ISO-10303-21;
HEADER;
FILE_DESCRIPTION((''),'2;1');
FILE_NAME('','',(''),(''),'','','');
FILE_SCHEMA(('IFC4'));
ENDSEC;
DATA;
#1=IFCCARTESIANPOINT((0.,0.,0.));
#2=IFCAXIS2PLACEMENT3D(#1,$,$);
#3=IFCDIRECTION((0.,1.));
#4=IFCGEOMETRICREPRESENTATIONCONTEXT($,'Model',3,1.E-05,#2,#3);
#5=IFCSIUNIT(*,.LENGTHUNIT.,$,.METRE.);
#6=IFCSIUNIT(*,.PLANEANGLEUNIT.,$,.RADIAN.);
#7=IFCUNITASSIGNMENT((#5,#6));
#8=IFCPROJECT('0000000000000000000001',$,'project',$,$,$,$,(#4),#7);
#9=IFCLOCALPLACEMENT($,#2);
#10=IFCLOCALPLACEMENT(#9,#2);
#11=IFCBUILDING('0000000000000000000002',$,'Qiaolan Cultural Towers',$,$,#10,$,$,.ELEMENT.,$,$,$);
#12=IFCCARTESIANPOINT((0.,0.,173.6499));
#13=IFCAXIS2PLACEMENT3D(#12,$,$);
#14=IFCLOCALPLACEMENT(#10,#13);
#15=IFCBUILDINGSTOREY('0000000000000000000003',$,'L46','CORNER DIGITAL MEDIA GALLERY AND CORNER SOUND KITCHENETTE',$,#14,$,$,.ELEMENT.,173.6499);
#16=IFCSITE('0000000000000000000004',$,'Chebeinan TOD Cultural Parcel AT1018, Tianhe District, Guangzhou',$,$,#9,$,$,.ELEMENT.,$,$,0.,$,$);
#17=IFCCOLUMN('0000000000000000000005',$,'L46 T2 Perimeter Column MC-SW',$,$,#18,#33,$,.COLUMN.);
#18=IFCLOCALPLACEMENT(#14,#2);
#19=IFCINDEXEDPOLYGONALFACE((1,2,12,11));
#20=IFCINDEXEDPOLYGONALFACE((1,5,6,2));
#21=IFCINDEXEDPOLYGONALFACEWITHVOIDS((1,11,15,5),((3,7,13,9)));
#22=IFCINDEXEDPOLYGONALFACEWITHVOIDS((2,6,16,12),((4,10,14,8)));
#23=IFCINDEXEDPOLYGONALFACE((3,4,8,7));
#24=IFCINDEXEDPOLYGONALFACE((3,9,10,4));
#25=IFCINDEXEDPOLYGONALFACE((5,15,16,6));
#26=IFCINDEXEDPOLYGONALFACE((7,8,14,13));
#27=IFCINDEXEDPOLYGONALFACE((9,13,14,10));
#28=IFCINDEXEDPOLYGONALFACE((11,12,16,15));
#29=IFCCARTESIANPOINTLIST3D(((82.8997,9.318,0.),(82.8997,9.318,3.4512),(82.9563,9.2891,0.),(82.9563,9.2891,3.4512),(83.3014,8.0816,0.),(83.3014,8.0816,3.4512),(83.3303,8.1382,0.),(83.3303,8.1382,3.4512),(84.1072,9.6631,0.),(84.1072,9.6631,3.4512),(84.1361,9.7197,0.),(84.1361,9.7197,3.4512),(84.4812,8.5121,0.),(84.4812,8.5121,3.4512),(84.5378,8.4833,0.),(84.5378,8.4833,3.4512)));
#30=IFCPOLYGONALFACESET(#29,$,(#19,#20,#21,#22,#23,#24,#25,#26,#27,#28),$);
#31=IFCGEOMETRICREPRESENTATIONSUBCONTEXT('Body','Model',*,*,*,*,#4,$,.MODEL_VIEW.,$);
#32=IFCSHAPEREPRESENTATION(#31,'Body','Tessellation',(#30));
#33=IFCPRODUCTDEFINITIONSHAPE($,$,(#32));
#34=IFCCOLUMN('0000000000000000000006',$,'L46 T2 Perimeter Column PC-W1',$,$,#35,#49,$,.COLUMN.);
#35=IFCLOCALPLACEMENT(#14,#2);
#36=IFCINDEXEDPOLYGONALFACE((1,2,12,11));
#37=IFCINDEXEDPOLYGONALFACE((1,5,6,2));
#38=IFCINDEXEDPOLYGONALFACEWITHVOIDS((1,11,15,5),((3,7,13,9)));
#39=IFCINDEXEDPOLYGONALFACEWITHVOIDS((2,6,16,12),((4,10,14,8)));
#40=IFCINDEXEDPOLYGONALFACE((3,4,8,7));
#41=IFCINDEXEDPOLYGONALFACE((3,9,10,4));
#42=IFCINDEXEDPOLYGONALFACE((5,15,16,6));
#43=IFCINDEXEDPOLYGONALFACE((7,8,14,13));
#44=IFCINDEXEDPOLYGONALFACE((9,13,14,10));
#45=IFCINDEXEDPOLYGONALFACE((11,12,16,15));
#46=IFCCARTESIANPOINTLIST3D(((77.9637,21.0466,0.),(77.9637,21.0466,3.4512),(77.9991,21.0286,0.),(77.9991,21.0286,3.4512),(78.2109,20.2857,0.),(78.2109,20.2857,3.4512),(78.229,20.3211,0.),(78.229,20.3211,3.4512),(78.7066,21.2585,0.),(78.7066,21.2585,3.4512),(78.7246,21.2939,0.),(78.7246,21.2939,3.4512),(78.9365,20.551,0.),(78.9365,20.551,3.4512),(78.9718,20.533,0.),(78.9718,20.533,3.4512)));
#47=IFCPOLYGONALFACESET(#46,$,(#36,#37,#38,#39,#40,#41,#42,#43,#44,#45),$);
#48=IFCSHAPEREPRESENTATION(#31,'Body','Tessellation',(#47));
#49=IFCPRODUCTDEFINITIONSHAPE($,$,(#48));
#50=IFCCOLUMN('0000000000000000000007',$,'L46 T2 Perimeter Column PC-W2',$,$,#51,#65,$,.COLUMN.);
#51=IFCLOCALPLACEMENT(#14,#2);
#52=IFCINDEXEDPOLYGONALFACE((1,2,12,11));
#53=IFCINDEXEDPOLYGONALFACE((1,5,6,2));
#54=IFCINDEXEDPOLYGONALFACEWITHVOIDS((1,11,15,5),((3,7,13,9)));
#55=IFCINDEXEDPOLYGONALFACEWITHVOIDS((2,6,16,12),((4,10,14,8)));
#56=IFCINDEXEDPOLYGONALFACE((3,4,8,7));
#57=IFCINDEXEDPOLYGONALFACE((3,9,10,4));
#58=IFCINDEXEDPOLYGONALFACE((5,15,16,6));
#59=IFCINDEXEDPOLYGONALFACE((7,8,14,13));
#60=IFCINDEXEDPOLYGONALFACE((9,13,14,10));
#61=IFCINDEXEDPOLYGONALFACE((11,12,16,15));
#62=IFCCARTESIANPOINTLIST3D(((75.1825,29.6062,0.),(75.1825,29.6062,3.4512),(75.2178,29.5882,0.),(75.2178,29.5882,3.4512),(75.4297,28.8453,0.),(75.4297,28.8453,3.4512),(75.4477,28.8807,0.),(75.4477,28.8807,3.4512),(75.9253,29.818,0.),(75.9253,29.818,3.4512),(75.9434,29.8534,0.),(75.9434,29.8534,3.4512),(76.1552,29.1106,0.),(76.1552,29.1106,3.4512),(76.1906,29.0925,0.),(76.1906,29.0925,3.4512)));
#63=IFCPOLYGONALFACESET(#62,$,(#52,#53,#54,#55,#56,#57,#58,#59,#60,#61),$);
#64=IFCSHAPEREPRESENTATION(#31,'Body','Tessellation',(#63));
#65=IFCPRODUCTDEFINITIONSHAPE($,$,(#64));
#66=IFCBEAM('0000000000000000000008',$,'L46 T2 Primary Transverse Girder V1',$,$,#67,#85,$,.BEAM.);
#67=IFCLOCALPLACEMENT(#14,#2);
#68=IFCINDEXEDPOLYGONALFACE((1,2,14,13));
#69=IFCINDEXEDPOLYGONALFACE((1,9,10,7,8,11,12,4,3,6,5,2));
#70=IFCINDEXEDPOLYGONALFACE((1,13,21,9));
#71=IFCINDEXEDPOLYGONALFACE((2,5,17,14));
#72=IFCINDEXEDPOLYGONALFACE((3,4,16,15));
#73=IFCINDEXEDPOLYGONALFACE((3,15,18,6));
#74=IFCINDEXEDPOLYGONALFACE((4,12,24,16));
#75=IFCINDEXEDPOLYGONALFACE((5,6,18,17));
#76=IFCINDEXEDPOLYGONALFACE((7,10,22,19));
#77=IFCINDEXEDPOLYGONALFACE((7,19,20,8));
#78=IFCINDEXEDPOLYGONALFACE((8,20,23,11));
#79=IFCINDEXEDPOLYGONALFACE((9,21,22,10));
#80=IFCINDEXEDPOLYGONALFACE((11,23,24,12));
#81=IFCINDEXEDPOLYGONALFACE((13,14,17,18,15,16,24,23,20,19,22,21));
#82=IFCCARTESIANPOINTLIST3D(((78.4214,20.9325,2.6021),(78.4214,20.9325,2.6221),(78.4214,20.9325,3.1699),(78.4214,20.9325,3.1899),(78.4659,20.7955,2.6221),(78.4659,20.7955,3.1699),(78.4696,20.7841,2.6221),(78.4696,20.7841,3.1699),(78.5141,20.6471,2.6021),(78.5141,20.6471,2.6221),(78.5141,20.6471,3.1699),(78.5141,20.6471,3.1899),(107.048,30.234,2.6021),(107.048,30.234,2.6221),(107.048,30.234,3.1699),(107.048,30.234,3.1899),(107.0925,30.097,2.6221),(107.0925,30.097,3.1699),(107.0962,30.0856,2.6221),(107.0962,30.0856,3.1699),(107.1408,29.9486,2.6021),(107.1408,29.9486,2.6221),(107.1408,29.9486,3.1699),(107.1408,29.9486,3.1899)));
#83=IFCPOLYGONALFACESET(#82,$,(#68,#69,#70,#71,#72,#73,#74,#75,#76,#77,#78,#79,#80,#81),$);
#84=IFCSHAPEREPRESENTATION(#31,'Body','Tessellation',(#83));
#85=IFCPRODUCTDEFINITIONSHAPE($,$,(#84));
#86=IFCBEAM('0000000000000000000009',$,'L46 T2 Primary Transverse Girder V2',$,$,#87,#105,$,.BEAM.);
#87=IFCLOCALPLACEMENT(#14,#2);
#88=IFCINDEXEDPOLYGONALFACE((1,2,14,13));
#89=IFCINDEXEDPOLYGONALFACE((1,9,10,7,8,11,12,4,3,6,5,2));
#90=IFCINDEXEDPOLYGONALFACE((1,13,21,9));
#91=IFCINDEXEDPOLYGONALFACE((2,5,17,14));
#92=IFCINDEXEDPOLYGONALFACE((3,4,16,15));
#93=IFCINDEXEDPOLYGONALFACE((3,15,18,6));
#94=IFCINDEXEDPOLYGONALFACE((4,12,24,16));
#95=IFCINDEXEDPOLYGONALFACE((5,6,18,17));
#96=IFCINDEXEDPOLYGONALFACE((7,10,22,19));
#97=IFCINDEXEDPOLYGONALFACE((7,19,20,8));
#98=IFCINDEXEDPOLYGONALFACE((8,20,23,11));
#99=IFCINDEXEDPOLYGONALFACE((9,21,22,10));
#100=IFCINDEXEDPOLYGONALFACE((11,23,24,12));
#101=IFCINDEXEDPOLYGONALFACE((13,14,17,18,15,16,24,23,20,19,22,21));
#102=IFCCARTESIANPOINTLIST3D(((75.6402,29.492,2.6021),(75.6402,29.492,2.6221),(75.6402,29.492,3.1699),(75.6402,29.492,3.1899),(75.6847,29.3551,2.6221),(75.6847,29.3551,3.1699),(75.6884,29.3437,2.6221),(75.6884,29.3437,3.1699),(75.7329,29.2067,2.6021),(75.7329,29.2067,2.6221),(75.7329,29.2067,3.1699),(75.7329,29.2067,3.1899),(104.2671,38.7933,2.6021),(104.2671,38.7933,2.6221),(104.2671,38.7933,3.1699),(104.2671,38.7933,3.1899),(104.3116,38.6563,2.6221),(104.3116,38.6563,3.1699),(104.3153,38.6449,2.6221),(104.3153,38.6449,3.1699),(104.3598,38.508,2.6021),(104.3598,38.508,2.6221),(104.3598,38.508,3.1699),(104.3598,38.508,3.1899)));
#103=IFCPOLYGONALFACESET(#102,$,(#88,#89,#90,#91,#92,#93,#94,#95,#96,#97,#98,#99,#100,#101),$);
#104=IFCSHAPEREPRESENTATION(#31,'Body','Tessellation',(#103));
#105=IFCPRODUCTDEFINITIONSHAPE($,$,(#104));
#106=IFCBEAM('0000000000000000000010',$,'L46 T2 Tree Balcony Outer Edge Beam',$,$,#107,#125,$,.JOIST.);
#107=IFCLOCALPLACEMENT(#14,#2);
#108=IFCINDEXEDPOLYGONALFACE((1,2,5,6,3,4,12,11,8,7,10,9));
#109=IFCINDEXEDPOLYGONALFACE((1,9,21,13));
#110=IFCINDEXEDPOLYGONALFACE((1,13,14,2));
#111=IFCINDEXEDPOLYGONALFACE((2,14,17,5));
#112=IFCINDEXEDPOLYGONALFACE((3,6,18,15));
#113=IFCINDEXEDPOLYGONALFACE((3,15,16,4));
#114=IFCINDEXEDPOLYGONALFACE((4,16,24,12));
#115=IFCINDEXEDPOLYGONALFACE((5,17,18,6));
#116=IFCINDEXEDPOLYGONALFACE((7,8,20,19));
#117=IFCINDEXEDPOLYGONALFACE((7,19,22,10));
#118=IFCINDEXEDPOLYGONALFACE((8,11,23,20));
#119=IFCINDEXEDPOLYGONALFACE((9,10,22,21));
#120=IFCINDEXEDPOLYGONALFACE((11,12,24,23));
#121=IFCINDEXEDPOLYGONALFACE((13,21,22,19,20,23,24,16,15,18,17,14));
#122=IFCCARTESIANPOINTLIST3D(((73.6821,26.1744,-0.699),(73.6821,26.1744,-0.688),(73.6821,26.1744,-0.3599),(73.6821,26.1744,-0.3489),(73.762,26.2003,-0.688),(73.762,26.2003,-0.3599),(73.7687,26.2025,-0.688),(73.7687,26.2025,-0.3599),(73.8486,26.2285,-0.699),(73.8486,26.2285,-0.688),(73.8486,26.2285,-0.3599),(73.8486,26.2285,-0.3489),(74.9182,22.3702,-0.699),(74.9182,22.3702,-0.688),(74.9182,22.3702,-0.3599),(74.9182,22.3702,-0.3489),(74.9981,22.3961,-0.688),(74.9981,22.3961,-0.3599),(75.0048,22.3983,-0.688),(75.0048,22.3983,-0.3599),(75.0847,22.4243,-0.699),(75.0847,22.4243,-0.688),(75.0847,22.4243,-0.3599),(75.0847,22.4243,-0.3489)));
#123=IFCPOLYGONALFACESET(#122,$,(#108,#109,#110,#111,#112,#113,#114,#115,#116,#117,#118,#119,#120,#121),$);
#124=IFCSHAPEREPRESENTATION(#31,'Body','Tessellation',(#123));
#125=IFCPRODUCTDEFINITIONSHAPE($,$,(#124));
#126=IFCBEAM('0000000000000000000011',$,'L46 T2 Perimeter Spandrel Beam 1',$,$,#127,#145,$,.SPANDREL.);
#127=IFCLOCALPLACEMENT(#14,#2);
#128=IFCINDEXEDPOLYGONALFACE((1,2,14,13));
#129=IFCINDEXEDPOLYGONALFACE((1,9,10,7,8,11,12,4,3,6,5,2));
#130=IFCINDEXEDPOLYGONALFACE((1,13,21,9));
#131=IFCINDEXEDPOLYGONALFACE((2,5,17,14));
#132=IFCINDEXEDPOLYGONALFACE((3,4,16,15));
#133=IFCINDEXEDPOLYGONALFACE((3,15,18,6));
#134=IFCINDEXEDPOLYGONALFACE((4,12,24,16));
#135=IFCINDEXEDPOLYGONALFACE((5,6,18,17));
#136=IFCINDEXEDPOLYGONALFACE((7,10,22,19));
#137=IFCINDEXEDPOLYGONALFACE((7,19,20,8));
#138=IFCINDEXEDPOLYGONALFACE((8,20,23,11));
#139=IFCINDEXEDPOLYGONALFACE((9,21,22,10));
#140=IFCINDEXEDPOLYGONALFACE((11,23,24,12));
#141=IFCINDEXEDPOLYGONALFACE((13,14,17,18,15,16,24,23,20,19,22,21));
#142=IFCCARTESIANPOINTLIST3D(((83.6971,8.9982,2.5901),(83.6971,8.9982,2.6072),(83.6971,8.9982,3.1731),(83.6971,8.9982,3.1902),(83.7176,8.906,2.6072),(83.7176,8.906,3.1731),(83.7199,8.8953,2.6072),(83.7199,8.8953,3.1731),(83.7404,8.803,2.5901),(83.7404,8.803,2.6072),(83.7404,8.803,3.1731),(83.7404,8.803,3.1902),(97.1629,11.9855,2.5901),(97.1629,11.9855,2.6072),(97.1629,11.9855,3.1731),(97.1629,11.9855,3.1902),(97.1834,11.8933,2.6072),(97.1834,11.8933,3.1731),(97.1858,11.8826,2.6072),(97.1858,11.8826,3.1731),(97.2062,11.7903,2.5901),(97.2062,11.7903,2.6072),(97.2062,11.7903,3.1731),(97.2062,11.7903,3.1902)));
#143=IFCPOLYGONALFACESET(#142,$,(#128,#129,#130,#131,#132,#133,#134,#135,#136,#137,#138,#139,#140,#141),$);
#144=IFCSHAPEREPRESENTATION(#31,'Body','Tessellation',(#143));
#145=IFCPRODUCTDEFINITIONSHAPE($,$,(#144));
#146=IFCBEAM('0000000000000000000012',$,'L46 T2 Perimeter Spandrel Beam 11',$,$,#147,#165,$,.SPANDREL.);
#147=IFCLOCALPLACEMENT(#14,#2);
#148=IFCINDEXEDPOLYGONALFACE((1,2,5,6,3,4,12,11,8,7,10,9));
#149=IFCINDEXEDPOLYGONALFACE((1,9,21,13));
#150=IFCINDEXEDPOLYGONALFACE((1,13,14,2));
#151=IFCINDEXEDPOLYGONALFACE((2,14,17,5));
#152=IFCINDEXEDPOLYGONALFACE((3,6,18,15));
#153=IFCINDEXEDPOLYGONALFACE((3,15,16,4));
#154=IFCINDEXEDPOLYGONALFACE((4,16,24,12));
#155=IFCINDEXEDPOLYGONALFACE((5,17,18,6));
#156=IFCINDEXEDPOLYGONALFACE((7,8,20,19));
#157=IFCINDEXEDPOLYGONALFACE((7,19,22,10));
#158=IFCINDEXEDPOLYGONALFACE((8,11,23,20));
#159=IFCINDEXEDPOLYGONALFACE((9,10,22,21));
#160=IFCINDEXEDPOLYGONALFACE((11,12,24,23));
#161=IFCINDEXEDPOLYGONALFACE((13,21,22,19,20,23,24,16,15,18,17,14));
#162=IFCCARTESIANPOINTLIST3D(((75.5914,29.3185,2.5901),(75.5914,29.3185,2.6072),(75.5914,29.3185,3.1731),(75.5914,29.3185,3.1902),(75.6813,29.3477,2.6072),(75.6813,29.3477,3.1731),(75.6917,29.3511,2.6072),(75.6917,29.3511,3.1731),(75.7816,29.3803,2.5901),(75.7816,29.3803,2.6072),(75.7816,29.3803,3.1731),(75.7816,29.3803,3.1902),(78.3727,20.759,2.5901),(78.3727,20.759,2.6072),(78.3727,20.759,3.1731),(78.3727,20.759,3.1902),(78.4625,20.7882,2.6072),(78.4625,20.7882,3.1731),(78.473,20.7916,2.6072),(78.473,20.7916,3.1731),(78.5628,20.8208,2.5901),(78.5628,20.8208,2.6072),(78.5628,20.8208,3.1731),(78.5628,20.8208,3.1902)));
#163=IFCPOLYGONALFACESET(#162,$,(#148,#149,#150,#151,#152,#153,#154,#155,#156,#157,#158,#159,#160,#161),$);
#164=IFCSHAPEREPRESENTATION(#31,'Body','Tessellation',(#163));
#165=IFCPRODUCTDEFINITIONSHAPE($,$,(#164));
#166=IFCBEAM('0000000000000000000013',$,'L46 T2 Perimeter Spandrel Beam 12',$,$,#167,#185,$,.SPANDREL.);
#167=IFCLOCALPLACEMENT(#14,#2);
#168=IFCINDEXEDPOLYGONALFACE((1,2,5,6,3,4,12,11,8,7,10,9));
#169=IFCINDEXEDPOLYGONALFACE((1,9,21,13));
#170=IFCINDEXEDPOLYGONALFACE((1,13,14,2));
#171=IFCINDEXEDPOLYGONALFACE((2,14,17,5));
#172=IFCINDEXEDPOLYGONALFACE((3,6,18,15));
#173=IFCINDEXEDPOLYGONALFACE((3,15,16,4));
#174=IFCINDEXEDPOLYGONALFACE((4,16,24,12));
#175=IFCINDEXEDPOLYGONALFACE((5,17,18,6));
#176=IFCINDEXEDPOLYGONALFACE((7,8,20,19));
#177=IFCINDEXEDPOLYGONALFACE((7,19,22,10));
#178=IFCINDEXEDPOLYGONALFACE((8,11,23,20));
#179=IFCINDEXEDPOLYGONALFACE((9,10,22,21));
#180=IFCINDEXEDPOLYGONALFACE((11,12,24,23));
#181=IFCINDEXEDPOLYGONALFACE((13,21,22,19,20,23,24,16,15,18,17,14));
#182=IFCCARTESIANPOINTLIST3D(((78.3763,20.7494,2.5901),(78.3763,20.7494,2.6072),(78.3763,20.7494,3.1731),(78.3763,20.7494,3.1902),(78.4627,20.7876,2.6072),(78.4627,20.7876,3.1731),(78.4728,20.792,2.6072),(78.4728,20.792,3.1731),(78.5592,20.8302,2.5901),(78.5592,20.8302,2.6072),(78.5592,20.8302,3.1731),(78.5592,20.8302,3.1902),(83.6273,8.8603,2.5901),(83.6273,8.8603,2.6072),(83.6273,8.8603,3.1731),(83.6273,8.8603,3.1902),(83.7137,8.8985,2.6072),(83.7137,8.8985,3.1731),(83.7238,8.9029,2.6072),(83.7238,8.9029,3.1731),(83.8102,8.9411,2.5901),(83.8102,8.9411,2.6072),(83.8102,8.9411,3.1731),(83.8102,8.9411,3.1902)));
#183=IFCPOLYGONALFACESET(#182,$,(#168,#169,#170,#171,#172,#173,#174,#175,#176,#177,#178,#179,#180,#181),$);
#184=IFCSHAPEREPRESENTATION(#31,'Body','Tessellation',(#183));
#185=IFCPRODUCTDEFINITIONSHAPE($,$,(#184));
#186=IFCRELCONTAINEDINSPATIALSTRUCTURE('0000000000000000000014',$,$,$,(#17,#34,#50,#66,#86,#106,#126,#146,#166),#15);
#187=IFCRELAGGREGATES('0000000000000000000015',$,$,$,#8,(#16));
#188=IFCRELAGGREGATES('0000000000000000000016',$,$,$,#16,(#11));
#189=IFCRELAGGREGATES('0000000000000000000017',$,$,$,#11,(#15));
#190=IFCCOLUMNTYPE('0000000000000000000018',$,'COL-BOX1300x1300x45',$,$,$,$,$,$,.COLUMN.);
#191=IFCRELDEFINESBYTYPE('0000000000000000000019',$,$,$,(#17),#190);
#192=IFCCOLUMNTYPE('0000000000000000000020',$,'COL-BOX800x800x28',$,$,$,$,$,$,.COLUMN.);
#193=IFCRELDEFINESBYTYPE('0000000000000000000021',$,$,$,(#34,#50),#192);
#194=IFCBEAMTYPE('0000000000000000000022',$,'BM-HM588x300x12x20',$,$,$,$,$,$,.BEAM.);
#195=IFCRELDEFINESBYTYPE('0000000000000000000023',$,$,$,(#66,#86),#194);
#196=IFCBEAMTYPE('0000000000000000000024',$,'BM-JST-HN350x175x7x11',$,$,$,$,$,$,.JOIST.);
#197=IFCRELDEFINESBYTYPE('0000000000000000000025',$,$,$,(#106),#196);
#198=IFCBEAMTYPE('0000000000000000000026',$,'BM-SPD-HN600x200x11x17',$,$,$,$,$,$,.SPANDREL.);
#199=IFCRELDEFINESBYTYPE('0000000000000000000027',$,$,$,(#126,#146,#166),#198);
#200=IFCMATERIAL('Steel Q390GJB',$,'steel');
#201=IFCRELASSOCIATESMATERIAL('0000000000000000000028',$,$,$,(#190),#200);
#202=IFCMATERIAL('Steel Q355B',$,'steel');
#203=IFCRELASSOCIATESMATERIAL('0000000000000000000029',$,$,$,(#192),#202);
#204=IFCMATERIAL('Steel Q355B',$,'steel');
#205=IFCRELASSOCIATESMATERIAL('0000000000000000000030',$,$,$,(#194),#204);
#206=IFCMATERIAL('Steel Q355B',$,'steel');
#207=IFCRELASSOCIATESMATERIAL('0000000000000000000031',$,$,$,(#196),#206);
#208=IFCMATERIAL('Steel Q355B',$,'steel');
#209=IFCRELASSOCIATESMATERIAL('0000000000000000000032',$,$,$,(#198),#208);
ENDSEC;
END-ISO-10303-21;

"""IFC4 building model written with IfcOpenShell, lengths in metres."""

from ifc_helpers import new_model, si_unit, direction, frame, origin, origin_2d, place, context, subcontext, project, spatial, hollow_rectangle, i_section, extrude, material, material_profile, profile_set, type_object, element, save


model = new_model("IFC4")

# Units and contexts
model_context = context("Model", 3, precision=1e-05, world=origin(), true_north=direction((0.0, 1.0)))
body_context = subcontext(model_context, "Body", "Model", "MODEL_VIEW")
ifc_project = project(units=[si_unit("LENGTHUNIT", "METRE"), si_unit("PLANEANGLEUNIT", "RADIAN")], contexts=[model_context])

# Site, building, storey
site_placement = place(None, origin())
site = spatial("IfcSite", under=ifc_project, at=site_placement, Name="Chebeinan TOD Cultural Parcel AT1018, Tianhe District, Guangzhou", CompositionType="ELEMENT", RefElevation=0.0)
building_placement = place(site_placement, origin())
building = spatial("IfcBuilding", under=site, at=building_placement, Name="Qiaolan Cultural Towers", CompositionType="ELEMENT")
storey_placement = place(building_placement, frame((0.0, 0.0, 173.6499)))
storey = spatial("IfcBuildingStorey", under=building, at=storey_placement, Name="L46", Description="CORNER DIGITAL MEDIA GALLERY AND CORNER SOUND KITCHENETTE", CompositionType="ELEMENT", Elevation=173.6499)

# Columns
ifc_material_1 = material(Name="Steel Q390GJB", Category="steel")
ifc_material_profile_1 = material_profile(ifc_material_1, hollow_rectangle(XDim=1.3, YDim=1.3, WallThickness=0.0449, at=origin_2d()), Name="BOX1300x1300x45")
ifc_profile_set_1 = profile_set([ifc_material_profile_1], Name="Steel Q390GJB")
column_type_1 = type_object("IfcColumnType", Name="COL-BOX1300x1300x45", PredefinedType="COLUMN", material=ifc_profile_set_1)
column_placement = place(storey_placement, frame((83.7188, 8.9006, 0.0), z_axis=(0.0, 0.0, 1.0), x_axis=(0.951057, 0.309017, 0.0)))
element("IfcColumn", 1, at=column_placement, inside=storey, type_object=column_type_1, Name="L46 T2 Perimeter Column MC-SW", PredefinedType="COLUMN", context=body_context, shape_type="SweptSolid", body=[
    extrude(hollow_rectangle(XDim=1.3, YDim=1.3, WallThickness=0.0449, at=origin_2d()), origin(), (0.0, 0.0, 1.0), 3.4512),
])
ifc_material_2 = material(Name="Steel Q355B", Category="steel")
ifc_material_profile_2 = material_profile(ifc_material_2, hollow_rectangle(XDim=0.8, YDim=0.8, WallThickness=0.0281, at=origin_2d()), Name="BOX800x800x28")
ifc_profile_set_2 = profile_set([ifc_material_profile_2], Name="Steel Q355B")
column_type_2 = type_object("IfcColumnType", Name="COL-BOX800x800x28", PredefinedType="COLUMN", material=ifc_profile_set_2)
for number, where, z_axis, x_axis, name in (
    (2, (78.4678, 20.7898, 0.0), (0.0, 0.0, 1.0), (0.951057, 0.309017, 0.0), "L46 T2 Perimeter Column PC-W1"),
    (3, (75.6865, 29.3494, 0.0), (0.0, 0.0, 1.0), (0.951057, 0.309017, 0.0), "L46 T2 Perimeter Column PC-W2"),
):
    element("IfcColumn", number, at=place(storey_placement, frame(where, z_axis=z_axis, x_axis=x_axis)), inside=storey, type_object=column_type_2, Name=name, PredefinedType="COLUMN", context=body_context, shape_type="SweptSolid", body=[
        extrude(hollow_rectangle(XDim=0.8, YDim=0.8, WallThickness=0.0281, at=origin_2d()), origin(), (0.0, 0.0, 1.0), 3.4512),
    ])

# Beams
ifc_material_3 = material(Name="Steel Q355B", Category="steel")
ifc_material_profile_3 = material_profile(ifc_material_3, i_section(OverallWidth=0.3, OverallDepth=0.5879, WebThickness=0.012, FlangeThickness=0.02, at=origin_2d()), Name="HM588x300x12x20")
ifc_profile_set_3 = profile_set([ifc_material_profile_3], Name="Steel Q355B")
beam_type_1 = type_object("IfcBeamType", Name="BM-HM588x300x12x20", PredefinedType="BEAM", material=ifc_profile_set_3)
beam_1_placement = place(storey_placement, frame((78.4678, 20.7898, 2.896), z_axis=(0.951055, 0.309021, 0.0), x_axis=(-0.309021, 0.951055, 0.0)))
element("IfcBeam", 4, at=beam_1_placement, inside=storey, type_object=beam_type_1, Name="L46 T2 Primary Transverse Girder V1", PredefinedType="BEAM", context=body_context, shape_type="SweptSolid", body=[
    extrude(i_section(OverallWidth=0.3, OverallDepth=0.5879, WebThickness=0.012, FlangeThickness=0.02, at=origin_2d()), origin(), (0.0, 0.0, 1.0), 30.0999),
])
beam_2_placement = place(storey_placement, frame((75.6865, 29.3494, 2.896), z_axis=(0.951058, 0.309011, 0.0), x_axis=(-0.309011, 0.951058, 0.0)))
element("IfcBeam", 5, at=beam_2_placement, inside=storey, type_object=beam_type_1, Name="L46 T2 Primary Transverse Girder V2", PredefinedType="BEAM", context=body_context, shape_type="SweptSolid", body=[
    extrude(i_section(OverallWidth=0.3, OverallDepth=0.5879, WebThickness=0.012, FlangeThickness=0.02, at=origin_2d()), origin(), (0.0, 0.0, 1.0), 30.1001),
])
ifc_material_4 = material(Name="Steel Q355B", Category="steel")
ifc_material_profile_4 = material_profile(ifc_material_4, i_section(OverallWidth=0.175, OverallDepth=0.3501, WebThickness=0.0071, FlangeThickness=0.011, at=origin_2d()), Name="HN350x175x7x11")
ifc_profile_set_4 = profile_set([ifc_material_profile_4], Name="Steel Q355B")
beam_type_2 = type_object("IfcBeamType", Name="BM-JST-HN350x175x7x11", PredefinedType="JOIST", material=ifc_profile_set_4)
beam_3_placement = place(storey_placement, frame((75.0015, 22.3972, -0.5239), z_axis=(-0.309023, 0.951055, 0.0), x_axis=(-0.951055, -0.309023, 0.0)))
element("IfcBeam", 6, at=beam_3_placement, inside=storey, type_object=beam_type_2, Name="L46 T2 Tree Balcony Outer Edge Beam", PredefinedType="JOIST", context=body_context, shape_type="SweptSolid", body=[
    extrude(i_section(OverallWidth=0.175, OverallDepth=0.3501, WebThickness=0.0071, FlangeThickness=0.011, at=origin_2d()), origin(), (0.0, 0.0, 1.0), 4.0),
])
ifc_material_5 = material(Name="Steel Q355B", Category="steel")
ifc_material_profile_5 = material_profile(ifc_material_5, i_section(OverallWidth=0.2, OverallDepth=0.6001, WebThickness=0.011, FlangeThickness=0.0171, at=origin_2d()), Name="HN600x200x11x17")
ifc_profile_set_5 = profile_set([ifc_material_profile_5], Name="Steel Q355B")
beam_type_3 = type_object("IfcBeamType", Name="BM-SPD-HN600x200x11x17", PredefinedType="SPANDREL", material=ifc_profile_set_5)
beam_4_placement = place(storey_placement, frame((83.7188, 8.9006, 2.8901), z_axis=(0.976265, 0.216578, 0.0), x_axis=(-0.216578, 0.976265, 0.0)))
element("IfcBeam", 7, at=beam_4_placement, inside=storey, type_object=beam_type_3, Name="L46 T2 Perimeter Spandrel Beam 1", PredefinedType="SPANDREL", context=body_context, shape_type="SweptSolid", body=[
    extrude(i_section(OverallWidth=0.2, OverallDepth=0.6001, WebThickness=0.011, FlangeThickness=0.0171, at=origin_2d()), origin(), (0.0, 0.0, 1.0), 13.7932),
])
beam_5_placement = place(storey_placement, frame((75.6865, 29.3494, 2.8901), z_axis=(0.309025, -0.951054, 0.0), x_axis=(0.951054, 0.309025, 0.0)))
element("IfcBeam", 8, at=beam_5_placement, inside=storey, type_object=beam_type_3, Name="L46 T2 Perimeter Spandrel Beam 11", PredefinedType="SPANDREL", context=body_context, shape_type="SweptSolid", body=[
    extrude(i_section(OverallWidth=0.2, OverallDepth=0.6001, WebThickness=0.011, FlangeThickness=0.0171, at=origin_2d()), origin(), (0.0, 0.0, 1.0), 9.0),
])
beam_6_placement = place(storey_placement, frame((78.4678, 20.7898, 2.8901), z_axis=(0.404011, -0.914754, 0.0), x_axis=(0.914754, 0.404011, 0.0)))
element("IfcBeam", 9, at=beam_6_placement, inside=storey, type_object=beam_type_3, Name="L46 T2 Perimeter Spandrel Beam 12", PredefinedType="SPANDREL", context=body_context, shape_type="SweptSolid", body=[
    extrude(i_section(OverallWidth=0.2, OverallDepth=0.6001, WebThickness=0.011, FlangeThickness=0.0171, at=origin_2d()), origin(), (0.0, 0.0, 1.0), 12.9971),
])

save(model, "model.ifc")
